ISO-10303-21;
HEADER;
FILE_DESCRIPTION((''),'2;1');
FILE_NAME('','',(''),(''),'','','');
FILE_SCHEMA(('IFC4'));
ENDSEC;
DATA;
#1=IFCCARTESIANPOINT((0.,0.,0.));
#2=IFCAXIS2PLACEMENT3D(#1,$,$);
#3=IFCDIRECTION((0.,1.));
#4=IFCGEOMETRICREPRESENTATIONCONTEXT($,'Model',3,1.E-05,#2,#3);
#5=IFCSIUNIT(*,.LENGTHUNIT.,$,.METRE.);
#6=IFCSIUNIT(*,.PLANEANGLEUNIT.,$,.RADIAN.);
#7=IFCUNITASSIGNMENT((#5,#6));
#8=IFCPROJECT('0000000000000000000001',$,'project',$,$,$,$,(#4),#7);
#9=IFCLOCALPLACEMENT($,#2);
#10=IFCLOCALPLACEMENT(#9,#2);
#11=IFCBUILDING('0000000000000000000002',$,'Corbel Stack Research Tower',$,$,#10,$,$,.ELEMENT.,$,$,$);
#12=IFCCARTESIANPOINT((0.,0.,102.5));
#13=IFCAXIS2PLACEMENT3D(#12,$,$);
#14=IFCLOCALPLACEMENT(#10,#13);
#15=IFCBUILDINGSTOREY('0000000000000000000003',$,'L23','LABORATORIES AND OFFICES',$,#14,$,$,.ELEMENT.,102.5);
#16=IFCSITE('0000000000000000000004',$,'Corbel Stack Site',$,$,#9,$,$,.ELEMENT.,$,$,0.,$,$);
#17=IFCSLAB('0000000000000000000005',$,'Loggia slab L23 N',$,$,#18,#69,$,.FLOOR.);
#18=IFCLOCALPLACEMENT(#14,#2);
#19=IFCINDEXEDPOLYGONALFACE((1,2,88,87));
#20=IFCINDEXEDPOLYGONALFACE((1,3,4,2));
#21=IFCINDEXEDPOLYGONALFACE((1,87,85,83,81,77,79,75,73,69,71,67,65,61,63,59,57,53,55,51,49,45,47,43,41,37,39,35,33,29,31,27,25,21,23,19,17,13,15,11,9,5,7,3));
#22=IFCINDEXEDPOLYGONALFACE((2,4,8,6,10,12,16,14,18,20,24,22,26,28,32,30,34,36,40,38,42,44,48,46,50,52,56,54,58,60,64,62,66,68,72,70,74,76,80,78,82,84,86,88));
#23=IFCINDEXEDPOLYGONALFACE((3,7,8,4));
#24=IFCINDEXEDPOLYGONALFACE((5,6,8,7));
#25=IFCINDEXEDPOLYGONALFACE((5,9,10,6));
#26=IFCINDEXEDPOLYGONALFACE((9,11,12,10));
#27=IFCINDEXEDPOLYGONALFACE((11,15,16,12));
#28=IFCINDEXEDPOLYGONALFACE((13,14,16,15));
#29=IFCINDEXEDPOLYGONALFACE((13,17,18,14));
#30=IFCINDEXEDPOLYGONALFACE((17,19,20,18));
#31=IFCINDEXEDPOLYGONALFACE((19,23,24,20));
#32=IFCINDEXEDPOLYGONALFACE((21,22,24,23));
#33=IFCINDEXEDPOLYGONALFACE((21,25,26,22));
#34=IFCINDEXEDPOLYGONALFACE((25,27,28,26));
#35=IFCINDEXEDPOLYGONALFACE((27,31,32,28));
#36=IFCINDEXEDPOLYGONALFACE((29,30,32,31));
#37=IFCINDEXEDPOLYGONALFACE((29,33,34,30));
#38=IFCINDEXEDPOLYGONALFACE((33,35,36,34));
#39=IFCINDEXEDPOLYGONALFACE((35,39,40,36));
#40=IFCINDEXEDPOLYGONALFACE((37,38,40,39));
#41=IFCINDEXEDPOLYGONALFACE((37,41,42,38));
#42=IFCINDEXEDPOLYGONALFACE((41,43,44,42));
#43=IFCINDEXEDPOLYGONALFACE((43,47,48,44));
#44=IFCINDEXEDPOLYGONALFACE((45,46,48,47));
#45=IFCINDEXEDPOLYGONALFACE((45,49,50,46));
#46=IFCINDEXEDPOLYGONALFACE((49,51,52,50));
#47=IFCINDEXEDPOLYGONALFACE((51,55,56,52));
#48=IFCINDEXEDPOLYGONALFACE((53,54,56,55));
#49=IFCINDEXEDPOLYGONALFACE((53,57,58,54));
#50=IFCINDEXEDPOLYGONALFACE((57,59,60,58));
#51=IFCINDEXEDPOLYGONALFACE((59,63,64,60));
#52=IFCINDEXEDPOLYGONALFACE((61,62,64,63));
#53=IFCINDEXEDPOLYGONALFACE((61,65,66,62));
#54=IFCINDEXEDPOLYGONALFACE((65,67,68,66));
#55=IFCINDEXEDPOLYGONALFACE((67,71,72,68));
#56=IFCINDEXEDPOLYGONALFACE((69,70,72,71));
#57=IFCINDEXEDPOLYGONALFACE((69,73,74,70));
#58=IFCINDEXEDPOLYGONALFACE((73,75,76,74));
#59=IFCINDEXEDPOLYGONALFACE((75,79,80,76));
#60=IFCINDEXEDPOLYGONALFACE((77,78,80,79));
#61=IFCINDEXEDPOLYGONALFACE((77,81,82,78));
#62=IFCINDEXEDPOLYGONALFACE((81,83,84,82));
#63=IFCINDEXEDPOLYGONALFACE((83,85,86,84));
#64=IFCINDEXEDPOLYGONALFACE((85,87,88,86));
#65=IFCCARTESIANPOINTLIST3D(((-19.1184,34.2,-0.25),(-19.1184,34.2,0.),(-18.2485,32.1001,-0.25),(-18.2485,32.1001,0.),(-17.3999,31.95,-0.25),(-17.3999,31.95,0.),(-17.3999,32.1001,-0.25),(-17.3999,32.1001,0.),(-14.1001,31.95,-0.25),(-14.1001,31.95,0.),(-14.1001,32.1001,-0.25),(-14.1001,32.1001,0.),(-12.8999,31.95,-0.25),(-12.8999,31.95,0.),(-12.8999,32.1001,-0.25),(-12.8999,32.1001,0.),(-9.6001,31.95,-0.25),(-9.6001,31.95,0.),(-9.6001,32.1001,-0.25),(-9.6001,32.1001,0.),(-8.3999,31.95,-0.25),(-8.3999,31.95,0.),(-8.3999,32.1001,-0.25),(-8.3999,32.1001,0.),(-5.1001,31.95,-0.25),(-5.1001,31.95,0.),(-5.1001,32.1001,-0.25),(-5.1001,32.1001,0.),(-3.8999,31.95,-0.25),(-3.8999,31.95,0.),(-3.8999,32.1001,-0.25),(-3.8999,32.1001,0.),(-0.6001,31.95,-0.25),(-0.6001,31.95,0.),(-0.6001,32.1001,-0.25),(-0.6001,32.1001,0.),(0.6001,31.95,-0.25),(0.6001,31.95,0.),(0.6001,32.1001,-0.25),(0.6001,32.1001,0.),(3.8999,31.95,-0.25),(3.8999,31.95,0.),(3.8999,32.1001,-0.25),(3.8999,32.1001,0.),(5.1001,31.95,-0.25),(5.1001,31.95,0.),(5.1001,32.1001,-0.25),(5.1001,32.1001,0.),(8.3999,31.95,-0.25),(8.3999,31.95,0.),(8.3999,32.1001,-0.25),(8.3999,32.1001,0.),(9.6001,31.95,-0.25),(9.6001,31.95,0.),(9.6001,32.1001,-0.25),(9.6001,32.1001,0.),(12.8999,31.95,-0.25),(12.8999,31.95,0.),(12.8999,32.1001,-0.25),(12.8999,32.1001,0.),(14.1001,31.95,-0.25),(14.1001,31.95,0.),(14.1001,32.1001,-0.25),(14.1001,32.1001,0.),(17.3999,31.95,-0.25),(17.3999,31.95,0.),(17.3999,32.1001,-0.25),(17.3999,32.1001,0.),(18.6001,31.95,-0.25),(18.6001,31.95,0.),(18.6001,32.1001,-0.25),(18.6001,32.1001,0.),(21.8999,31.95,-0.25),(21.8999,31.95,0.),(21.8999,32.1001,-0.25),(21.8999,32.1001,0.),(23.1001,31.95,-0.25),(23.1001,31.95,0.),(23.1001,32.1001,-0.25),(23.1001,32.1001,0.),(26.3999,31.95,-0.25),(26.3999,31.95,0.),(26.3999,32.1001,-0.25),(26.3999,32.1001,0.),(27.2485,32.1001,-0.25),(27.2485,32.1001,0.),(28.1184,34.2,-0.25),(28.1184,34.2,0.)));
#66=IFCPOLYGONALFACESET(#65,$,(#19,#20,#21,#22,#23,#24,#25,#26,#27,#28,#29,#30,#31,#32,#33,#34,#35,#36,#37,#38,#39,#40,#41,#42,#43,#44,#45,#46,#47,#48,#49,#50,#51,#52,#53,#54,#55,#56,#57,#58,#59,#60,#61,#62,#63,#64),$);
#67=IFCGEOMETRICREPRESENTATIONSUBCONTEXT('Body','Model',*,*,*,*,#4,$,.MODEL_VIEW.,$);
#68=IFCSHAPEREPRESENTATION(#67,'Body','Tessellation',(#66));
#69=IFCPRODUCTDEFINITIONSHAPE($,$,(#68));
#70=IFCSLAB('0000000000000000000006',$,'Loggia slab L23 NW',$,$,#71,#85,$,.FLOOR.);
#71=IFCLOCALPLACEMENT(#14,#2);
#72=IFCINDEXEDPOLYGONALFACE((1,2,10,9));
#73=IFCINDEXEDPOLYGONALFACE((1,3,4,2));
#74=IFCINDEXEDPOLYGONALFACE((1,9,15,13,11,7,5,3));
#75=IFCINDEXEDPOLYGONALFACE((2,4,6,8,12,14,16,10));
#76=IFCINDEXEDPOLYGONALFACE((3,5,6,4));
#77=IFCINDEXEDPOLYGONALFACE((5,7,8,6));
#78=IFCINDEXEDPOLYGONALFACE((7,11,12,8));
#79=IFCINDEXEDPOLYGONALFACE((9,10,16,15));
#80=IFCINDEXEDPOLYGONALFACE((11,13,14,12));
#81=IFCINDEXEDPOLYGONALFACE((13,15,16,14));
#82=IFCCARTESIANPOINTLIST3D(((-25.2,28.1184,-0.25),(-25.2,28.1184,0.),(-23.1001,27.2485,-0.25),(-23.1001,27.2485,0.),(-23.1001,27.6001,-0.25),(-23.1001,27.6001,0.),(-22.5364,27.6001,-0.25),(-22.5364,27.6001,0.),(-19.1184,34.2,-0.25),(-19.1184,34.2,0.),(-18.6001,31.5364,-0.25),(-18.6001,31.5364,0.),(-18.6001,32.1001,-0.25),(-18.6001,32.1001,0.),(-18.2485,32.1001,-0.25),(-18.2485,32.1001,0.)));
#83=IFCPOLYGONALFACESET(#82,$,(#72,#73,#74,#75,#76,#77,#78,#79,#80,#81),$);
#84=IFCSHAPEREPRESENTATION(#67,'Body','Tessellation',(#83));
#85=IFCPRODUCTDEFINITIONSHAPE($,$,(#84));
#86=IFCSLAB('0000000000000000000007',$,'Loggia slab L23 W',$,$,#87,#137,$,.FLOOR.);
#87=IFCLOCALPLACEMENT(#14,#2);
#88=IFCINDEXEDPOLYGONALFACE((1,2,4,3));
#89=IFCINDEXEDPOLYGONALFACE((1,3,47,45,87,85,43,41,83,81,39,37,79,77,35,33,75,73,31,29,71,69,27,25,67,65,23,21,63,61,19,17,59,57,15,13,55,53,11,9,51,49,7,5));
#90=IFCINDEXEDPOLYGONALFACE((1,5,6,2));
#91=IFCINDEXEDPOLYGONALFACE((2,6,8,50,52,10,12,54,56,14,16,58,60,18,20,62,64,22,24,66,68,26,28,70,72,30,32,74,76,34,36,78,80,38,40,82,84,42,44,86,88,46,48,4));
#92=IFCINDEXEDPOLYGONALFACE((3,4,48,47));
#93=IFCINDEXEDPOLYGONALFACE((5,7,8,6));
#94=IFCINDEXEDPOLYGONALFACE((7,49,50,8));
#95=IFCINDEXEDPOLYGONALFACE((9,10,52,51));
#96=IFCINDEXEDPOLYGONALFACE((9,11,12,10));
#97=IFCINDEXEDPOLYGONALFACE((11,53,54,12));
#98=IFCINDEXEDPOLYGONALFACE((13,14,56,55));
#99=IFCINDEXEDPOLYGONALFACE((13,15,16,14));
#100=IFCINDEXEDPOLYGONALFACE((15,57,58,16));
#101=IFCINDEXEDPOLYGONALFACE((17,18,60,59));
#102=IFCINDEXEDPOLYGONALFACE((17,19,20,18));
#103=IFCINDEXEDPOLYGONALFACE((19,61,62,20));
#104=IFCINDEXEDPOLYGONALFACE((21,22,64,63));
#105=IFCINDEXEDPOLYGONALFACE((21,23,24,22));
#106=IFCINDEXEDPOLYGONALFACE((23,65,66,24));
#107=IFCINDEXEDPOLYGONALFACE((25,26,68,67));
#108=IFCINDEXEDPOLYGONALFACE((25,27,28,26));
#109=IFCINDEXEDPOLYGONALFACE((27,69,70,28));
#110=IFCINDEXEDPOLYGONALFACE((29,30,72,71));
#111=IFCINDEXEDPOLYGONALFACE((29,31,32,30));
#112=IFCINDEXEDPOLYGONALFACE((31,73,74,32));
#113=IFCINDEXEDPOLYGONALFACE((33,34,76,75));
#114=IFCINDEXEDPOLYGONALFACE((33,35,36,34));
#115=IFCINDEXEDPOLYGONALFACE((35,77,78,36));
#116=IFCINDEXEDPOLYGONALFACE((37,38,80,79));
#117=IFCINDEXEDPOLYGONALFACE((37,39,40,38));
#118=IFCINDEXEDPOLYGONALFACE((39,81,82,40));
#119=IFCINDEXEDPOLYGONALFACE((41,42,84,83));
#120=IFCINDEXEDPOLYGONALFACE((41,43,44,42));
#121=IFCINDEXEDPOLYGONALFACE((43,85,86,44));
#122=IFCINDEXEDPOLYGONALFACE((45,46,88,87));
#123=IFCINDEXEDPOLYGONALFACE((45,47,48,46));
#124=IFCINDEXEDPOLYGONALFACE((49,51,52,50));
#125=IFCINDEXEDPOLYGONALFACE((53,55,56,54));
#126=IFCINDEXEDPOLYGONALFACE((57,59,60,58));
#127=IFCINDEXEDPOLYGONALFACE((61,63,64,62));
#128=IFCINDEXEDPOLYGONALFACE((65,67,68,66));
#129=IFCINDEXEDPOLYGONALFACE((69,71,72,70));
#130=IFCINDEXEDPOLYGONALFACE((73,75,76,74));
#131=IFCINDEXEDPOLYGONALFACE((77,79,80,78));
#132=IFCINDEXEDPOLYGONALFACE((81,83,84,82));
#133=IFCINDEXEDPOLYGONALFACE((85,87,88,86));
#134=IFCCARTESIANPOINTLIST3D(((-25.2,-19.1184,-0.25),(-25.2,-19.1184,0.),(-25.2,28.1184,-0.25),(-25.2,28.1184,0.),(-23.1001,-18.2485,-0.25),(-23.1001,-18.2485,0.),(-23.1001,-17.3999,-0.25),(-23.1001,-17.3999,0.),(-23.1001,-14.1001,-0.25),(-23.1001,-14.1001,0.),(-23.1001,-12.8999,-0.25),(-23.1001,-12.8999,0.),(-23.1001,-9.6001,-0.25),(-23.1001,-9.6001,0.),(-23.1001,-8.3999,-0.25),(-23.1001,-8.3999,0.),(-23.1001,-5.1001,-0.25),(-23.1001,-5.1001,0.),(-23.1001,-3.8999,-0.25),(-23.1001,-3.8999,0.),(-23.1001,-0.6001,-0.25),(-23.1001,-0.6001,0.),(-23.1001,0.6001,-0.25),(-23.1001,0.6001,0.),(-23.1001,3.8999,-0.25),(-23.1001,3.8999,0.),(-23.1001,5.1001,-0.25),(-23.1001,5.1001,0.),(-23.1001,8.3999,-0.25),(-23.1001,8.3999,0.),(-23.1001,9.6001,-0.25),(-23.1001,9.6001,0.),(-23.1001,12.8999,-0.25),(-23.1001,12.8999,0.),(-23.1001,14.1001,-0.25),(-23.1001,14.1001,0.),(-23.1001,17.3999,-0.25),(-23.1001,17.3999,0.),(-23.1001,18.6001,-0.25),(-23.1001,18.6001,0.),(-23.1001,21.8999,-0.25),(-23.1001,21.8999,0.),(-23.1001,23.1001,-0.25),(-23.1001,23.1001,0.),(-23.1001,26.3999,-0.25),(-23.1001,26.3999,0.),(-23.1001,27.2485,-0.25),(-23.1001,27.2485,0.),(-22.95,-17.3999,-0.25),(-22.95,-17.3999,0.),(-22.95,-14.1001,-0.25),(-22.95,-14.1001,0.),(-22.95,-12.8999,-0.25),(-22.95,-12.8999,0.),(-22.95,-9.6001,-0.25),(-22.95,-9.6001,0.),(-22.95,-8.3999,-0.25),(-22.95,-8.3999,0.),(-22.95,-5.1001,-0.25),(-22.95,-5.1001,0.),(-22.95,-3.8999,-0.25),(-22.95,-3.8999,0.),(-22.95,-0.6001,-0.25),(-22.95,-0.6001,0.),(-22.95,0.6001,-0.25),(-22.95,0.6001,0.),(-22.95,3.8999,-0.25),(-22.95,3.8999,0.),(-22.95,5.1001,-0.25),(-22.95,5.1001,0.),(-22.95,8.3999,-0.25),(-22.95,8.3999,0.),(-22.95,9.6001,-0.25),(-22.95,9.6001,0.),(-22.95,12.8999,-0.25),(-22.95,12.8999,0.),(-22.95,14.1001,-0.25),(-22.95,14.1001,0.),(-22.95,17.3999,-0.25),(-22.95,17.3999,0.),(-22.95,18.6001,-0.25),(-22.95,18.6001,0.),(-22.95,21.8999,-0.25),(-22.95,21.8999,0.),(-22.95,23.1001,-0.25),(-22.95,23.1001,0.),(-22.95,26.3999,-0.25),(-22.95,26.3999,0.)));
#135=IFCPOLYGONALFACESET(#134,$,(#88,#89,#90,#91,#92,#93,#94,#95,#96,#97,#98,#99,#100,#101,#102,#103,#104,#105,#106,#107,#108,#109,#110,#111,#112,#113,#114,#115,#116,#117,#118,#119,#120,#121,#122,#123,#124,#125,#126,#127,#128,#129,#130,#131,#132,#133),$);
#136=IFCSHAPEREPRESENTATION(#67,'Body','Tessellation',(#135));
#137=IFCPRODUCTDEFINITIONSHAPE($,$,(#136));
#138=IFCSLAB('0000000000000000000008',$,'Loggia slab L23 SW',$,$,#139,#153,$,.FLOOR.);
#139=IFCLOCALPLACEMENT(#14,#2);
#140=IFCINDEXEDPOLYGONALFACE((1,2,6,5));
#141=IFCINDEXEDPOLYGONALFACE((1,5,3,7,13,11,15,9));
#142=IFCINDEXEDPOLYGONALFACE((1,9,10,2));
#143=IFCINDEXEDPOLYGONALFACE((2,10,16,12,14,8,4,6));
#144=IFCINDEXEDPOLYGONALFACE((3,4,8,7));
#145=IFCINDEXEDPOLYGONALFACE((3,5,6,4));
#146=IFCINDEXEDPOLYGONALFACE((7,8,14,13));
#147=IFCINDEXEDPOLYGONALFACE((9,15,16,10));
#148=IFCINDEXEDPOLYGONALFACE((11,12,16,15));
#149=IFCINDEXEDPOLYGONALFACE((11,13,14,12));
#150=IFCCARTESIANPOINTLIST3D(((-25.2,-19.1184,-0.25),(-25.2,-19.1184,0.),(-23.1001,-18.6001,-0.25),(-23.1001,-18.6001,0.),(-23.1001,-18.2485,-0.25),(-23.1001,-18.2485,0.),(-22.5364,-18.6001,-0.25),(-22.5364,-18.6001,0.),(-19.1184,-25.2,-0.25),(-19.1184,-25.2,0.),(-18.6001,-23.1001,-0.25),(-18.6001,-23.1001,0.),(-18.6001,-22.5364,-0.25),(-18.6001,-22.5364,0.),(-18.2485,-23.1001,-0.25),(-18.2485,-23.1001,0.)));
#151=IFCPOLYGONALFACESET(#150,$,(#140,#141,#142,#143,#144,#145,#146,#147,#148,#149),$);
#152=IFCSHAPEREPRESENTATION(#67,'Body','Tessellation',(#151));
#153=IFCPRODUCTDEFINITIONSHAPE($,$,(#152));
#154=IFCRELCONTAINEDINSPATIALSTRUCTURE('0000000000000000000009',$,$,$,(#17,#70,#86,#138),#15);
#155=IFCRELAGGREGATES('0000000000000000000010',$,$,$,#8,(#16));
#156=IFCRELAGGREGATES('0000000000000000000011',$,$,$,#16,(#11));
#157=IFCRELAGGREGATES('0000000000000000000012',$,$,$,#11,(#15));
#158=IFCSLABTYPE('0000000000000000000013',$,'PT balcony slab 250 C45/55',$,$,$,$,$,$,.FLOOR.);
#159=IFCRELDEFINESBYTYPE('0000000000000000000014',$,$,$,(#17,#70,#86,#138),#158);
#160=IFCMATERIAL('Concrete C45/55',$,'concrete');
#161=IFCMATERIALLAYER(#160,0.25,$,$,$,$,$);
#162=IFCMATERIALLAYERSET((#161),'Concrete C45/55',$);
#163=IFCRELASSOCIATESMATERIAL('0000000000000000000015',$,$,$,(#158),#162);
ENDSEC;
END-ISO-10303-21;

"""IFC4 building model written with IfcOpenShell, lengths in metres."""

from ifc_helpers import new_model, si_unit, direction, frame, origin, place, context, subcontext, project, spatial, polyline, outline, extrude, material, layer, layer_set, type_object, element, save


model = new_model("IFC4")

# Units and contexts
model_context = context("Model", 3, precision=1e-05, world=origin(), true_north=direction((0.0, 1.0)))
body_context = subcontext(model_context, "Body", "Model", "MODEL_VIEW")
ifc_project = project(units=[si_unit("LENGTHUNIT", "METRE"), si_unit("PLANEANGLEUNIT", "RADIAN")], contexts=[model_context])

# Site, building, storey
site_placement = place(None, origin())
site = spatial("IfcSite", under=ifc_project, at=site_placement, Name="Corbel Stack Site", CompositionType="ELEMENT", RefElevation=0.0)
building_placement = place(site_placement, origin())
building = spatial("IfcBuilding", under=site, at=building_placement, Name="Corbel Stack Research Tower", CompositionType="ELEMENT")
storey_placement = place(building_placement, frame((0.0, 0.0, 102.5)))
storey = spatial("IfcBuildingStorey", under=building, at=storey_placement, Name="L23", Description="LABORATORIES AND OFFICES", CompositionType="ELEMENT", Elevation=102.5)

# Slabs
ifc_material_1 = material(Name="Concrete C45/55", Category="concrete")
ifc_layer_1 = layer(ifc_material_1, 0.25)
ifc_layer_set_1 = layer_set([ifc_layer_1], Name="Concrete C45/55")
slab_type_1 = type_object("IfcSlabType", Name="PT balcony slab 250 C45/55", PredefinedType="FLOOR", material=ifc_layer_set_1)
slab_1_placement = place(storey_placement, frame((0.0, 0.0, -0.25)))
element("IfcSlab", 1, at=slab_1_placement, inside=storey, type_object=slab_type_1, Name="Loggia slab L23 N", PredefinedType="FLOOR", context=body_context, shape_type="SweptSolid", body=[
    extrude(outline(polyline([(-18.2485, 32.1001), (-17.3999, 32.1001), (-17.3999, 31.95), (-14.1001, 31.95), (-14.1001, 32.1001), (-12.8999, 32.1001), (-12.8999, 31.95), (-9.6001, 31.95), (-9.6001, 32.1001), (-8.3999, 32.1001), (-8.3999, 31.95), (-5.1001, 31.95), (-5.1001, 32.1001), (-3.8999, 32.1001), (-3.8999, 31.95), (-0.6001, 31.95), (-0.6001, 32.1001), (0.6001, 32.1001), (0.6001, 31.95), (3.8999, 31.95), (3.8999, 32.1001), (5.1001, 32.1001), (5.1001, 31.95), (8.3999, 31.95), (8.3999, 32.1001), (9.6001, 32.1001), (9.6001, 31.95), (12.8999, 31.95), (12.8999, 32.1001), (14.1001, 32.1001), (14.1001, 31.95), (17.3999, 31.95), (17.3999, 32.1001), (18.6001, 32.1001), (18.6001, 31.95), (21.8999, 31.95), (21.8999, 32.1001), (23.1001, 32.1001), (23.1001, 31.95), (26.3999, 31.95), (26.3999, 32.1001), (27.2485, 32.1001), (28.1184, 34.2), (-19.1184, 34.2), (-18.2485, 32.1001)])), origin(), (0.0, 0.0, 1.0), 0.25),
])
slab_2_placement = place(storey_placement, frame((0.0, 0.0, -0.25)))
element("IfcSlab", 2, at=slab_2_placement, inside=storey, type_object=slab_type_1, Name="Loggia slab L23 NW", PredefinedType="FLOOR", context=body_context, shape_type="SweptSolid", body=[
    extrude(outline(polyline([(-23.1001, 27.2485), (-23.1001, 27.6001), (-22.5364, 27.6001), (-18.6001, 31.5364), (-18.6001, 32.1001), (-18.2485, 32.1001), (-19.1184, 34.2), (-25.2, 28.1184), (-23.1001, 27.2485)])), origin(), (0.0, 0.0, 1.0), 0.25),
])
slab_3_placement = place(storey_placement, frame((0.0, 0.0, -0.25)))
element("IfcSlab", 3, at=slab_3_placement, inside=storey, type_object=slab_type_1, Name="Loggia slab L23 W", PredefinedType="FLOOR", context=body_context, shape_type="SweptSolid", body=[
    extrude(outline(polyline([(-23.1001, -18.2485), (-23.1001, -17.3999), (-22.95, -17.3999), (-22.95, -14.1001), (-23.1001, -14.1001), (-23.1001, -12.8999), (-22.95, -12.8999), (-22.95, -9.6001), (-23.1001, -9.6001), (-23.1001, -8.3999), (-22.95, -8.3999), (-22.95, -5.1001), (-23.1001, -5.1001), (-23.1001, -3.8999), (-22.95, -3.8999), (-22.95, -0.6001), (-23.1001, -0.6001), (-23.1001, 0.6001), (-22.95, 0.6001), (-22.95, 3.8999), (-23.1001, 3.8999), (-23.1001, 5.1001), (-22.95, 5.1001), (-22.95, 8.3999), (-23.1001, 8.3999), (-23.1001, 9.6001), (-22.95, 9.6001), (-22.95, 12.8999), (-23.1001, 12.8999), (-23.1001, 14.1001), (-22.95, 14.1001), (-22.95, 17.3999), (-23.1001, 17.3999), (-23.1001, 18.6001), (-22.95, 18.6001), (-22.95, 21.8999), (-23.1001, 21.8999), (-23.1001, 23.1001), (-22.95, 23.1001), (-22.95, 26.3999), (-23.1001, 26.3999), (-23.1001, 27.2485), (-25.2, 28.1184), (-25.2, -19.1184), (-23.1001, -18.2485)])), origin(), (0.0, 0.0, 1.0), 0.25),
])
slab_4_placement = place(storey_placement, frame((0.0, 0.0, -0.25)))
element("IfcSlab", 4, at=slab_4_placement, inside=storey, type_object=slab_type_1, Name="Loggia slab L23 SW", PredefinedType="FLOOR", context=body_context, shape_type="SweptSolid", body=[
    extrude(outline(polyline([(-18.2485, -23.1001), (-18.6001, -23.1001), (-18.6001, -22.5364), (-22.5364, -18.6001), (-23.1001, -18.6001), (-23.1001, -18.2485), (-25.2, -19.1184), (-19.1184, -25.2), (-18.2485, -23.1001)])), origin(), (0.0, 0.0, 1.0), 0.25),
])

save(model, "model.ifc")
